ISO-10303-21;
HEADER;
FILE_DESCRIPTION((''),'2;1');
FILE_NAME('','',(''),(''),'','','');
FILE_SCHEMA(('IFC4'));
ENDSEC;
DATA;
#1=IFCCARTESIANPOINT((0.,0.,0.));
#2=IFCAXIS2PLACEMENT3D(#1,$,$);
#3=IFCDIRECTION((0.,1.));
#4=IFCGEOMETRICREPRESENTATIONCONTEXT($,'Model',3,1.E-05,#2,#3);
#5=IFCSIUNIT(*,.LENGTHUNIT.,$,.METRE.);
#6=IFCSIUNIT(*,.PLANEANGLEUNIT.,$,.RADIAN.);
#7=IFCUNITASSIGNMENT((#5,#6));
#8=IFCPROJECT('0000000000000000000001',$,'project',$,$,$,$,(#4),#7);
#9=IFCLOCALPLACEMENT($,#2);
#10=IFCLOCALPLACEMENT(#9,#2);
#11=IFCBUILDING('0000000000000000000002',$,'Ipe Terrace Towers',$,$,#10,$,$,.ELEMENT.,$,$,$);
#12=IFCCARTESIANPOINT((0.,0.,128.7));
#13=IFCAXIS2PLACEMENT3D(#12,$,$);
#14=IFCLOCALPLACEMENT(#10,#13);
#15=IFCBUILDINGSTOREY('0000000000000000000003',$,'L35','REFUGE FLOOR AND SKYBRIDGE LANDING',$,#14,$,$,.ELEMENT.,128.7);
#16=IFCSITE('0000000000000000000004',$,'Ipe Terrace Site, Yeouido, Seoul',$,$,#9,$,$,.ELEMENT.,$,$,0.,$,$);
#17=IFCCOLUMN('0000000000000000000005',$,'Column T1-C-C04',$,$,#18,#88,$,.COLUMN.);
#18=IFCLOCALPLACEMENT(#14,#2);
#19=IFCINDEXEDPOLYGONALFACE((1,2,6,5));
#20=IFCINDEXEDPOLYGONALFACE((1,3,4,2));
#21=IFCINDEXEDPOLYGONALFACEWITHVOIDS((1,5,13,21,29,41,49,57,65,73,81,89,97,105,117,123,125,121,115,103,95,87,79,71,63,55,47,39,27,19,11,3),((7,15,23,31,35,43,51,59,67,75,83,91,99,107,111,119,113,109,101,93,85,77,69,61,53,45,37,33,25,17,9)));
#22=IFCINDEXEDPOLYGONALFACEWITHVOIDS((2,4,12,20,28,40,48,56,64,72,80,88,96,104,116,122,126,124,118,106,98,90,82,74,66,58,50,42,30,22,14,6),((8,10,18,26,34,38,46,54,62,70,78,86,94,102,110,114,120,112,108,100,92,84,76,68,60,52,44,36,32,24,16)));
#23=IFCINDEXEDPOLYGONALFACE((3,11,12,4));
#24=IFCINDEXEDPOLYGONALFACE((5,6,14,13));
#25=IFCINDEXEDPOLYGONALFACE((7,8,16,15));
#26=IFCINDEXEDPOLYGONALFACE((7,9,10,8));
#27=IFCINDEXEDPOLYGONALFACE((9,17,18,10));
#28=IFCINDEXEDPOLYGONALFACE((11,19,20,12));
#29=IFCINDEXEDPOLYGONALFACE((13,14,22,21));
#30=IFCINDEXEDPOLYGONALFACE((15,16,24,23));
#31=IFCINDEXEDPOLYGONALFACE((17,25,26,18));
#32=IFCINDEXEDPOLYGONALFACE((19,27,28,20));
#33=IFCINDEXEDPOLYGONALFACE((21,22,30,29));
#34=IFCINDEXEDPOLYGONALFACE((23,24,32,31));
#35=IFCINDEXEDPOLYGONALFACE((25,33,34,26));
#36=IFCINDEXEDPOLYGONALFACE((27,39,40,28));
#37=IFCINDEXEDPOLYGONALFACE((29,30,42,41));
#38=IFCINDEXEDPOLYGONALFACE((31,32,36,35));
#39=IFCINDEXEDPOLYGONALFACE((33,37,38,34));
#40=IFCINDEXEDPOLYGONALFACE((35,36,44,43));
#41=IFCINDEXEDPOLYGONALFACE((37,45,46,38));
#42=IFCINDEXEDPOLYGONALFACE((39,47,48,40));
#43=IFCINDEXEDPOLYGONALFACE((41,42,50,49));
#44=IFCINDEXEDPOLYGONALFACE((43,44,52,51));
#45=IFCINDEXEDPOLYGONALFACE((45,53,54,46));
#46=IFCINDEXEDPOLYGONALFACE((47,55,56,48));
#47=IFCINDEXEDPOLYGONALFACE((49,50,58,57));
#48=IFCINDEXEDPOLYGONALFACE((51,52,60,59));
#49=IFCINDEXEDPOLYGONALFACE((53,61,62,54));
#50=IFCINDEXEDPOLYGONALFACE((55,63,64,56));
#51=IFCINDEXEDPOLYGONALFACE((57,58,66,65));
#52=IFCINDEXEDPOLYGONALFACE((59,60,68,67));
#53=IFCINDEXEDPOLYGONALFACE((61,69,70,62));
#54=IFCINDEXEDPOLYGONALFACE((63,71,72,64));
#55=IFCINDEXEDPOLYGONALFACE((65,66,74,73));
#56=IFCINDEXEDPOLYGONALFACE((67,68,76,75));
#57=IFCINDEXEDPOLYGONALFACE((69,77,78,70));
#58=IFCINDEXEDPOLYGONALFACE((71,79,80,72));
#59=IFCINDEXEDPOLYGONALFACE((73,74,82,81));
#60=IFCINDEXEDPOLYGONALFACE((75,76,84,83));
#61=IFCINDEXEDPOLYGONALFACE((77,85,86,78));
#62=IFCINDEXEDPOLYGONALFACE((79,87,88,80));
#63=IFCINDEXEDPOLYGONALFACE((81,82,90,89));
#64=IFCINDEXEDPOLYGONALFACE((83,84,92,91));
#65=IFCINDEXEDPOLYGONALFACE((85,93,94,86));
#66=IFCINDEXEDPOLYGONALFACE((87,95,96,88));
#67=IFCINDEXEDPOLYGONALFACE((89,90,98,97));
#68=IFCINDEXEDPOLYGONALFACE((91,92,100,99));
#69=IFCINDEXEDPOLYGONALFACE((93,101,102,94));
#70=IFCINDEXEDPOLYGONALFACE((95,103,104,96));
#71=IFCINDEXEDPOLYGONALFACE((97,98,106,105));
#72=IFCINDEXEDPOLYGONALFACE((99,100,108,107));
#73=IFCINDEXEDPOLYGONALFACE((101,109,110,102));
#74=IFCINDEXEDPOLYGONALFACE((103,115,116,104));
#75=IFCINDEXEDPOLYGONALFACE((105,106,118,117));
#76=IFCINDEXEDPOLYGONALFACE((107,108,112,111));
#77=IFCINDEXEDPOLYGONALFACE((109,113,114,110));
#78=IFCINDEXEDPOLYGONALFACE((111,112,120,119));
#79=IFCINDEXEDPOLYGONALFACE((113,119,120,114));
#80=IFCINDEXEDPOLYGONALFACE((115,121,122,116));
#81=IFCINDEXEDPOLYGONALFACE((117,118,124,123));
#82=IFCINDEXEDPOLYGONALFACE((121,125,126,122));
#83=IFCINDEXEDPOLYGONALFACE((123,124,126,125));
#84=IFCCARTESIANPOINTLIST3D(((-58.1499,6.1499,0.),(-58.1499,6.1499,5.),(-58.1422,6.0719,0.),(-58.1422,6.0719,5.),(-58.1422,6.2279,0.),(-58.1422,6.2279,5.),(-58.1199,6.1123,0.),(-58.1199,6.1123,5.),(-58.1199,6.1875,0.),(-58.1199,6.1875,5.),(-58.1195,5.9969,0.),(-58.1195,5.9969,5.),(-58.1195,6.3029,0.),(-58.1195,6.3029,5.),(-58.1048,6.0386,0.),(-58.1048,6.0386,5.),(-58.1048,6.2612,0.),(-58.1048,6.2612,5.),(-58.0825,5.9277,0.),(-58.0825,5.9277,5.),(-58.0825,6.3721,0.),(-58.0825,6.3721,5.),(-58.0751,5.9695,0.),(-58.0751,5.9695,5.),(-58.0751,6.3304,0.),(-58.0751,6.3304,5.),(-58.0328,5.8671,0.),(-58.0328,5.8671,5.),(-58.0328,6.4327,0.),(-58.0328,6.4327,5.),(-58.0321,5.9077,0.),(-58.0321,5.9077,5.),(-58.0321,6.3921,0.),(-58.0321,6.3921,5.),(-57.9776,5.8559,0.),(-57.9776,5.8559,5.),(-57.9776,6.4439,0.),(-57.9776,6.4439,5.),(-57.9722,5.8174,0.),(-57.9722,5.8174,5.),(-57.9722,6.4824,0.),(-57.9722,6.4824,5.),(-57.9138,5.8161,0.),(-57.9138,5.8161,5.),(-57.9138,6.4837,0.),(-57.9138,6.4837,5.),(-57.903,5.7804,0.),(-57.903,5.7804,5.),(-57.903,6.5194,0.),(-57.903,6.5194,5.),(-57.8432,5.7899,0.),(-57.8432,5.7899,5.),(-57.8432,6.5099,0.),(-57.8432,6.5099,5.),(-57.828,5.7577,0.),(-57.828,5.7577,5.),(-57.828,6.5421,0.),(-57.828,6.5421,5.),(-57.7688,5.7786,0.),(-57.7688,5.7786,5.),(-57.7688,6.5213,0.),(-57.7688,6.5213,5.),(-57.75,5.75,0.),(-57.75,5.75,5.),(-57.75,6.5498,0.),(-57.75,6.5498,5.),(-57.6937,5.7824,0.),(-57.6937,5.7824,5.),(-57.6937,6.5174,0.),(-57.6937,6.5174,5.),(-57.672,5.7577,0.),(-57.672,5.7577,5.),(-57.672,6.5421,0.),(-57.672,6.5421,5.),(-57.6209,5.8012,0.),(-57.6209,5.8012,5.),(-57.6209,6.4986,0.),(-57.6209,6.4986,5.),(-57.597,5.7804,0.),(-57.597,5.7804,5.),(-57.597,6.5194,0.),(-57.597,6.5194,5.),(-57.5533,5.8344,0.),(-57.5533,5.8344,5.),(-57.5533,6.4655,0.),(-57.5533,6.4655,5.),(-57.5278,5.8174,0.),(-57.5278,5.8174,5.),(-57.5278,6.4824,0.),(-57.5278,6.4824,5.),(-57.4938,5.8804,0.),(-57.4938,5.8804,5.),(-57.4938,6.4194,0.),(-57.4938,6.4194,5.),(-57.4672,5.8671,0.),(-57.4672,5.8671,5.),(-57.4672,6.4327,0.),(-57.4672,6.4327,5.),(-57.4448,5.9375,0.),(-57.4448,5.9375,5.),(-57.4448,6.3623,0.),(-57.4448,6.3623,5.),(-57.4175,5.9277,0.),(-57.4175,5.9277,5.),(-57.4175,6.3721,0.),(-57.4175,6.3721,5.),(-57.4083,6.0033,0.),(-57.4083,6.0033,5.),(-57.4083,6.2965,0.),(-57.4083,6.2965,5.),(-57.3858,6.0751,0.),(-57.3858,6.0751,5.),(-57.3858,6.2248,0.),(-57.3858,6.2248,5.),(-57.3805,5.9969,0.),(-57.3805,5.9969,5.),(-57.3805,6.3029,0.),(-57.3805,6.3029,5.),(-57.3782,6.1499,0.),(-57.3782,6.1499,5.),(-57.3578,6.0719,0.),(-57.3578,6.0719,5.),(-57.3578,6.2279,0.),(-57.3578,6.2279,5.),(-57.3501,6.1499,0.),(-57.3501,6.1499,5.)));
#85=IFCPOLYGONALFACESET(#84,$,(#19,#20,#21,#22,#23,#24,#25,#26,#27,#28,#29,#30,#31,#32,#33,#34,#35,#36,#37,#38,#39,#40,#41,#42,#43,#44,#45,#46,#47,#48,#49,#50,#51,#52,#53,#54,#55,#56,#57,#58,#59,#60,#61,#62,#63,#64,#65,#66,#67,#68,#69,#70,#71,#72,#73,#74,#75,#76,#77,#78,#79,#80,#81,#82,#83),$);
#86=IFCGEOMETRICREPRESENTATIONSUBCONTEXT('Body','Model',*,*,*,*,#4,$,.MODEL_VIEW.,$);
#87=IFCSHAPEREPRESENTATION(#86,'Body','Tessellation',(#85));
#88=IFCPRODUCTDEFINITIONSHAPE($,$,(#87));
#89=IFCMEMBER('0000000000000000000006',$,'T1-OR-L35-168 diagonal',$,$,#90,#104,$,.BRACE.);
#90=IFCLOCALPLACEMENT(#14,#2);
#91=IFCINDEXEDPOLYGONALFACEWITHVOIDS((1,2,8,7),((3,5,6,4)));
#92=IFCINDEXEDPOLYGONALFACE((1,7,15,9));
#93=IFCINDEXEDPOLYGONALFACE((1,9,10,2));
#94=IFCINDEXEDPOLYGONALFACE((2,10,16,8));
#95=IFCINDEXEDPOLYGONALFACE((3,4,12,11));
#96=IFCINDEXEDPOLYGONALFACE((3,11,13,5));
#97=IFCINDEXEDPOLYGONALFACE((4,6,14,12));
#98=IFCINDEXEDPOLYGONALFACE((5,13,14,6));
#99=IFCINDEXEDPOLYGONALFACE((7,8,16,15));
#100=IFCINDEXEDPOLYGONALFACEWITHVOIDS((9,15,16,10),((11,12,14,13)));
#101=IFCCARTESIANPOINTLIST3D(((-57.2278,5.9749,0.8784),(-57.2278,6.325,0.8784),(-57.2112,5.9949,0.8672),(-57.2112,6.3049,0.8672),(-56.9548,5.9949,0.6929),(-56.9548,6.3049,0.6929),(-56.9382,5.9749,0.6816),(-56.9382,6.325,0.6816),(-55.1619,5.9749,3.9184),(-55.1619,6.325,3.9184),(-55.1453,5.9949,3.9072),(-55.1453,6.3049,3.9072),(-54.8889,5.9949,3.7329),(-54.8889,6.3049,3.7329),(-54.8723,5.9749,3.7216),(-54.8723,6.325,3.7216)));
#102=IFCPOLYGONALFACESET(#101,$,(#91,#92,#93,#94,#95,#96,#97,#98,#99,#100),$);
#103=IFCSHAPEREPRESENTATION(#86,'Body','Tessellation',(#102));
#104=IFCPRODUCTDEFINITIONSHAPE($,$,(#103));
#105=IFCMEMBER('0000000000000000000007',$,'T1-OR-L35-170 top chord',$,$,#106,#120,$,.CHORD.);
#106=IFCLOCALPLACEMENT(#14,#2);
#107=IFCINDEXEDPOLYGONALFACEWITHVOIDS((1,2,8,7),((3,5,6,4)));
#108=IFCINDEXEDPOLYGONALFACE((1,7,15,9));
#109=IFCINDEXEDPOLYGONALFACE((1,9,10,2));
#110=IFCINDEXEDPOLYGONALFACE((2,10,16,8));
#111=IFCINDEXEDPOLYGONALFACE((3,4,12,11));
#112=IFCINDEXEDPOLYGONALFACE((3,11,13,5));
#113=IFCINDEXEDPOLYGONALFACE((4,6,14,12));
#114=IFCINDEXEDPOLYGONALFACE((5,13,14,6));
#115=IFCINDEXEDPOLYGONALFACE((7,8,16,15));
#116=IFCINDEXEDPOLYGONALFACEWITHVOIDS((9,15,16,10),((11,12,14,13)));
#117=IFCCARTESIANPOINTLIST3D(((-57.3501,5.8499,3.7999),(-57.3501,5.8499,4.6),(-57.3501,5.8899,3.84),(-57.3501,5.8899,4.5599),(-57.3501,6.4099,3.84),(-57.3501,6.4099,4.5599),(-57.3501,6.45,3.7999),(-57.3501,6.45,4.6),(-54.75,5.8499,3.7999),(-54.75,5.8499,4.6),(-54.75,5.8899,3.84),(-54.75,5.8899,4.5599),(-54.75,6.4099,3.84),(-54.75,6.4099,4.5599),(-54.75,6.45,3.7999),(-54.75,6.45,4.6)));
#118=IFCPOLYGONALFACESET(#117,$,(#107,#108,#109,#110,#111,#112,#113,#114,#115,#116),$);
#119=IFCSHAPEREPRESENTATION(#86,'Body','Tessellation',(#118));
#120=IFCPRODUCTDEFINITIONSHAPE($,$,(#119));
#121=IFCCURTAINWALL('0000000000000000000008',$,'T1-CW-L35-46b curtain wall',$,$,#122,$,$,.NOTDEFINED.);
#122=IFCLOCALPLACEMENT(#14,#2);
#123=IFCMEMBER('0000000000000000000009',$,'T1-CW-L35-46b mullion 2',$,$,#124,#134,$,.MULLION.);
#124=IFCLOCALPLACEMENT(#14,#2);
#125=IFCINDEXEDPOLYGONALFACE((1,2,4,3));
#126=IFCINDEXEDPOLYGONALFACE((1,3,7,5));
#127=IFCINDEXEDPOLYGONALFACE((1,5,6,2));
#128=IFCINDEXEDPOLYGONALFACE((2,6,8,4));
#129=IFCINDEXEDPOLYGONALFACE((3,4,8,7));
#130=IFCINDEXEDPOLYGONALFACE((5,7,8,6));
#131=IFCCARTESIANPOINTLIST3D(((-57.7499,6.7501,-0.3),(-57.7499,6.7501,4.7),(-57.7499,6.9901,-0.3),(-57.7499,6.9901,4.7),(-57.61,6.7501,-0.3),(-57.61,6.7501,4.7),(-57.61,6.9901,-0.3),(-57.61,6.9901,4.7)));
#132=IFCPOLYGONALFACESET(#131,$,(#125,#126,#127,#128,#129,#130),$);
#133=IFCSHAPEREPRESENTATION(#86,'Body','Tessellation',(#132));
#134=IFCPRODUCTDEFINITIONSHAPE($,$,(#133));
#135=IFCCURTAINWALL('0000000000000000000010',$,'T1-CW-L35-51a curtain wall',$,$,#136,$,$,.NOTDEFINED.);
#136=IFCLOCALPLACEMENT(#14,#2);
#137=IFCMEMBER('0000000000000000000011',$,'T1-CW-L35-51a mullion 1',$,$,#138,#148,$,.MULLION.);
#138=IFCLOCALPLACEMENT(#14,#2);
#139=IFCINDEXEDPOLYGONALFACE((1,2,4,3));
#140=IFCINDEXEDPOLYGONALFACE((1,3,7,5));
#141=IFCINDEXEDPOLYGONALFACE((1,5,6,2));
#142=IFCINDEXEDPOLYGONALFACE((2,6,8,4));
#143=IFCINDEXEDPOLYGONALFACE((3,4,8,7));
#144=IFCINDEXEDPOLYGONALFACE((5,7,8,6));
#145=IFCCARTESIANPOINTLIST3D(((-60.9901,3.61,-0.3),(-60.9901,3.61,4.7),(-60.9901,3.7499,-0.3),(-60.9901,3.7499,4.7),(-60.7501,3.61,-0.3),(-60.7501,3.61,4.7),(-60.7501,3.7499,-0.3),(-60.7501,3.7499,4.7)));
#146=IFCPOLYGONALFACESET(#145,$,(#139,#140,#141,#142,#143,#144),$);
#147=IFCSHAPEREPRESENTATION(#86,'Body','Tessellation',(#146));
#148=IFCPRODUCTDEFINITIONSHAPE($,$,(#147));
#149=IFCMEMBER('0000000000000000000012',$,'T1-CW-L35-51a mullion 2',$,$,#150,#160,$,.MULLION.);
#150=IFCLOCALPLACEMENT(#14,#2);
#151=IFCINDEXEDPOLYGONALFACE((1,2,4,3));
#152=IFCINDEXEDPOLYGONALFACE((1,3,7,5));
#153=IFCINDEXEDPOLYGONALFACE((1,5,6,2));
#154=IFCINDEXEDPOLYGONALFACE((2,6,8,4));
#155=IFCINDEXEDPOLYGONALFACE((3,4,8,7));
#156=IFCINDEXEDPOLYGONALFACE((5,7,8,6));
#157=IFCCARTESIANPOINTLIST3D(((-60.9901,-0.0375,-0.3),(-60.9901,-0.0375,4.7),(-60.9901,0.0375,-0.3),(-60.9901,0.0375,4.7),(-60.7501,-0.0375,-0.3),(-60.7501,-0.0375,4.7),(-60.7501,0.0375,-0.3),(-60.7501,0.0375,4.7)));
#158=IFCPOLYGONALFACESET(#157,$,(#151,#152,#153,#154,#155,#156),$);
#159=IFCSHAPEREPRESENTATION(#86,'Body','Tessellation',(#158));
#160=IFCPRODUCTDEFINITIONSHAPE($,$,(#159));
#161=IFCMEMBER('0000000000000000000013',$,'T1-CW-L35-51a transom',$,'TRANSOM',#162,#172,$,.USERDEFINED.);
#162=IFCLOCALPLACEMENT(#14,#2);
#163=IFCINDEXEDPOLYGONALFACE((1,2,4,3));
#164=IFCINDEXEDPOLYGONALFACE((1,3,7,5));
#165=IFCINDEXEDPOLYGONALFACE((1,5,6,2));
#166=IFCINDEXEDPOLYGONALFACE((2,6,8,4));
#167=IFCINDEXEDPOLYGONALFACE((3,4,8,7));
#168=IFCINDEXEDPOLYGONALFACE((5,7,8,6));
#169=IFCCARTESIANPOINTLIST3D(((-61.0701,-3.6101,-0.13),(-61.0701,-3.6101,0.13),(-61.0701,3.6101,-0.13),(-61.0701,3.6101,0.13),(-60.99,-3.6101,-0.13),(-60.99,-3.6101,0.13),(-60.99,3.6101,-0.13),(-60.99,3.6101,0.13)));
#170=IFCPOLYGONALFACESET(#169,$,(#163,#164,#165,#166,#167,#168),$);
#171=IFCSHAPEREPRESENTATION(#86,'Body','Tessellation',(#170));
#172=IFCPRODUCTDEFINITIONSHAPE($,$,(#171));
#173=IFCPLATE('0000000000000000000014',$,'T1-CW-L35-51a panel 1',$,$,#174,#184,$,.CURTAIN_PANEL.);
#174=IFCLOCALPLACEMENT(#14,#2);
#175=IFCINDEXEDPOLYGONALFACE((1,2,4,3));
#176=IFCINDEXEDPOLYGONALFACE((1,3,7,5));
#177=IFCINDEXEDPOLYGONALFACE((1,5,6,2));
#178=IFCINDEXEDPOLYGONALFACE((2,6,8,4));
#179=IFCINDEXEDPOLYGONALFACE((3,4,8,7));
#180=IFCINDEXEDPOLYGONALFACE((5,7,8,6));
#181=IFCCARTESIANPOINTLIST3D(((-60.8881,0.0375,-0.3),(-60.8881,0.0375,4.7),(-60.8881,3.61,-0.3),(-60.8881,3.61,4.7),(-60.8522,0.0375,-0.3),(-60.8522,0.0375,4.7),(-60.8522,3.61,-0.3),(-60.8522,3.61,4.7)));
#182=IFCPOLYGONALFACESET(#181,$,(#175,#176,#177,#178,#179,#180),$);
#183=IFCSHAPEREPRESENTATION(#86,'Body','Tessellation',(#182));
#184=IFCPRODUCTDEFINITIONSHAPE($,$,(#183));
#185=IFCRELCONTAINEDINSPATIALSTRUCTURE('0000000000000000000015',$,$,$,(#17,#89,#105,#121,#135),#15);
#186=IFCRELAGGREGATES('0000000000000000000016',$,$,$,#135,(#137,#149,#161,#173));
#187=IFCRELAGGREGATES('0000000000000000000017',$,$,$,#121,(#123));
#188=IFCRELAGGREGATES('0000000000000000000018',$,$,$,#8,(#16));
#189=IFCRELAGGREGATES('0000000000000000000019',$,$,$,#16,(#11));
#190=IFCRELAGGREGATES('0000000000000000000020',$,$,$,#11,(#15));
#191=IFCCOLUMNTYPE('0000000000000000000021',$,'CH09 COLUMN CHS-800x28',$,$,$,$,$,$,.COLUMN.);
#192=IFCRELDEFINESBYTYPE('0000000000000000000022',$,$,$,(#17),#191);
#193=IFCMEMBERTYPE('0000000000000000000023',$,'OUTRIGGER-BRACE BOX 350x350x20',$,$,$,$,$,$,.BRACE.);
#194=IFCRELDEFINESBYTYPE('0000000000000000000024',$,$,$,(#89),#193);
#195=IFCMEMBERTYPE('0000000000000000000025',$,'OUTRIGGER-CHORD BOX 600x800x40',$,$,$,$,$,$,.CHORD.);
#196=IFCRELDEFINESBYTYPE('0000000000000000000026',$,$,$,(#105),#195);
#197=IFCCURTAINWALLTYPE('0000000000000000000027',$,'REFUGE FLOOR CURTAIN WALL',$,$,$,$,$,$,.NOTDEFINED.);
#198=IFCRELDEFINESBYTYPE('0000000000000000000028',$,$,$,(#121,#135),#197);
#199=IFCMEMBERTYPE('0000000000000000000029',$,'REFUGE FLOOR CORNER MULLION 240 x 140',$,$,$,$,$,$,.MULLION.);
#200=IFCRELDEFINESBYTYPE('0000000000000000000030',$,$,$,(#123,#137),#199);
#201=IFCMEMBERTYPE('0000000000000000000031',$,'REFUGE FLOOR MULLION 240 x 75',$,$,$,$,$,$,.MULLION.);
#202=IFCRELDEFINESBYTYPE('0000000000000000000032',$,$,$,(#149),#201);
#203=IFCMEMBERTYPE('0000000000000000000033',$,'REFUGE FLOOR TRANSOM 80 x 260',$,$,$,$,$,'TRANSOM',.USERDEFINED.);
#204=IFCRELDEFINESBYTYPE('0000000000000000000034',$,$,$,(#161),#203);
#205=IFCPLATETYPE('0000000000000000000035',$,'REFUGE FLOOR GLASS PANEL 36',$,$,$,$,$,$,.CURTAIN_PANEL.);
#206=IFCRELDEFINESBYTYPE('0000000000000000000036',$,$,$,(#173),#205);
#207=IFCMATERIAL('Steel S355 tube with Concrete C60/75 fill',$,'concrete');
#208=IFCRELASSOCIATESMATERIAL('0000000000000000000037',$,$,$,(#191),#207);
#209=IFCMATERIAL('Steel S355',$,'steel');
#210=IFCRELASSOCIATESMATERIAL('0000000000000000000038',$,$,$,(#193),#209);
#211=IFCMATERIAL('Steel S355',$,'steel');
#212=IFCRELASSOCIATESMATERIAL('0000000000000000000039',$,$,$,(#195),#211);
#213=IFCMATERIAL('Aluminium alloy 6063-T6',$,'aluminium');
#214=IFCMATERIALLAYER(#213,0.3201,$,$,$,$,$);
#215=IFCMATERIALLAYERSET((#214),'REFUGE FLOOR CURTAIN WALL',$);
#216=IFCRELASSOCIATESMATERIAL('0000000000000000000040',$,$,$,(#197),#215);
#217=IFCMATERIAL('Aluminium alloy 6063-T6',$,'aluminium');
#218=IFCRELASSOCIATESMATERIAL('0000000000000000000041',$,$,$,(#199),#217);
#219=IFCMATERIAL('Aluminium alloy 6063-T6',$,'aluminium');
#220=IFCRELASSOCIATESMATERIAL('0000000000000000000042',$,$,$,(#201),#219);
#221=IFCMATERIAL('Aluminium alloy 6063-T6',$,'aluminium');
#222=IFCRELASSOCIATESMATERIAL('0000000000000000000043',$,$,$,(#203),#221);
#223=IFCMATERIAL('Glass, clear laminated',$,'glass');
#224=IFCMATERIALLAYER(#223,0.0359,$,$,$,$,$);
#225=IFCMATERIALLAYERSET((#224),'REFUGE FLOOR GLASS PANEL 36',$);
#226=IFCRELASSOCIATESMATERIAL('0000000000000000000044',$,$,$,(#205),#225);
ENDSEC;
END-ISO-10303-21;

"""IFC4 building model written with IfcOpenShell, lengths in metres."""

from ifc_helpers import new_model, si_unit, direction, frame, origin, origin_2d, place, context, subcontext, project, spatial, rectangle, hollow_rectangle, hollow_circle, extrude, material, layer, layer_set, material_profile, profile_set, type_object, element, aggregate, save


model = new_model("IFC4")

# Units and contexts
model_context = context("Model", 3, precision=1e-05, world=origin(), true_north=direction((0.0, 1.0)))
body_context = subcontext(model_context, "Body", "Model", "MODEL_VIEW")
ifc_project = project(units=[si_unit("LENGTHUNIT", "METRE"), si_unit("PLANEANGLEUNIT", "RADIAN")], contexts=[model_context])

# Site, building, storey
site_placement = place(None, origin())
site = spatial("IfcSite", under=ifc_project, at=site_placement, Name="Ipe Terrace Site, Yeouido, Seoul", CompositionType="ELEMENT", RefElevation=0.0)
building_placement = place(site_placement, origin())
building = spatial("IfcBuilding", under=site, at=building_placement, Name="Ipe Terrace Towers", CompositionType="ELEMENT")
storey_placement = place(building_placement, frame((0.0, 0.0, 128.7)))
storey = spatial("IfcBuildingStorey", under=building, at=storey_placement, Name="L35", Description="REFUGE FLOOR AND SKYBRIDGE LANDING", CompositionType="ELEMENT", Elevation=128.7)

# Column
ifc_material_1 = material(Name="Steel S355 tube with Concrete C60/75 fill", Category="concrete")
ifc_material_profile_1 = material_profile(ifc_material_1, hollow_circle(Radius=0.3999, WallThickness=0.0281, at=origin_2d()), Name="CHS-800x28")
ifc_profile_set_1 = profile_set([ifc_material_profile_1], Name="Steel S355 tube with Concrete C60/75 fill")
column_type = type_object("IfcColumnType", Name="CH09 COLUMN CHS-800x28", PredefinedType="COLUMN", material=ifc_profile_set_1)
column_placement = place(storey_placement, frame((-57.75, 6.1499, 0.0), z_axis=(0.0, 0.0, 1.0), x_axis=(1.0, 0.0, 0.0)))
element("IfcColumn", 1, at=column_placement, inside=storey, type_object=column_type, Name="Column T1-C-C04", PredefinedType="COLUMN", context=body_context, shape_type="SweptSolid", body=[
    extrude(hollow_circle(Radius=0.3999, WallThickness=0.0281, at=origin_2d()), origin(), (0.0, 0.0, 1.0), 5.0),
])

# Members
ifc_material_2 = material(Name="Steel S355", Category="steel")
ifc_material_profile_2 = material_profile(ifc_material_2, hollow_rectangle(XDim=0.3501, YDim=0.3501, WallThickness=0.02, at=origin_2d()), Name="OUTRIGGER-BRACE BOX 350x350x20")
ifc_profile_set_2 = profile_set([ifc_material_profile_2], Name="Steel S355")
member_type_1 = type_object("IfcMemberType", Name="OUTRIGGER-BRACE BOX 350x350x20", PredefinedType="BRACE", material=ifc_profile_set_2)
member_1_placement = place(storey_placement, frame((-57.083, 6.1499, 0.78), z_axis=(0.562067, 0.0, 0.827092), x_axis=(0.0, 1.0, 0.0)))
element("IfcMember", 2, at=member_1_placement, inside=storey, type_object=member_type_1, Name="T1-OR-L35-168 diagonal", PredefinedType="BRACE", context=body_context, shape_type="SweptSolid", body=[
    extrude(hollow_rectangle(XDim=0.3501, YDim=0.3501, WallThickness=0.02, at=origin_2d()), origin(), (0.0, 0.0, 1.0), 3.6755),
])
ifc_material_3 = material(Name="Steel S355", Category="steel")
ifc_material_profile_3 = material_profile(ifc_material_3, hollow_rectangle(XDim=0.6001, YDim=0.8, WallThickness=0.04, at=origin_2d()), Name="OUTRIGGER-CHORD BOX 600x800x40")
ifc_profile_set_3 = profile_set([ifc_material_profile_3], Name="Steel S355")
member_type_2 = type_object("IfcMemberType", Name="OUTRIGGER-CHORD BOX 600x800x40", PredefinedType="CHORD", material=ifc_profile_set_3)
member_2_placement = place(storey_placement, frame((-54.75, 6.1499, 4.2), z_axis=(-1.0, 0.0, 0.0), x_axis=(0.0, -1.0, 0.0)))
element("IfcMember", 3, at=member_2_placement, inside=storey, type_object=member_type_2, Name="T1-OR-L35-170 top chord", PredefinedType="CHORD", context=body_context, shape_type="SweptSolid", body=[
    extrude(hollow_rectangle(XDim=0.6001, YDim=0.8, WallThickness=0.04, at=origin_2d()), origin(), (0.0, 0.0, 1.0), 2.6001),
])

# Curtain wall, member
ifc_material_4 = material(Name="Aluminium alloy 6063-T6", Category="aluminium")
ifc_layer_1 = layer(ifc_material_4, 0.3201)
ifc_layer_set_1 = layer_set([ifc_layer_1], Name="REFUGE FLOOR CURTAIN WALL")
curtain_wall_type = type_object("IfcCurtainWallType", Name="REFUGE FLOOR CURTAIN WALL", PredefinedType="NOTDEFINED", material=ifc_layer_set_1)
curtain_wall_1_placement = place(storey_placement, origin())
curtain_wall_1 = element("IfcCurtainWall", 4, at=curtain_wall_1_placement, inside=storey, type_object=curtain_wall_type, Name="T1-CW-L35-46b curtain wall", PredefinedType="NOTDEFINED")
ifc_material_5 = material(Name="Aluminium alloy 6063-T6", Category="aluminium")
ifc_material_profile_4 = material_profile(ifc_material_5, rectangle(XDim=0.24, YDim=0.1399, at=origin_2d()), Name="REFUGE FLOOR CORNER MULLION 240 x 140")
ifc_profile_set_4 = profile_set([ifc_material_profile_4], Name="Aluminium alloy 6063-T6")
member_type_3 = type_object("IfcMemberType", Name="REFUGE FLOOR CORNER MULLION 240 x 140", PredefinedType="MULLION", material=ifc_profile_set_4)
member_3_placement = place(storey_placement, frame((-57.6799, 6.8701, -0.3), z_axis=(0.0, 0.0, 1.0), x_axis=(0.0, 1.0, 0.0)))
member_3 = element("IfcMember", 5, at=member_3_placement, type_object=member_type_3, Name="T1-CW-L35-46b mullion 2", PredefinedType="MULLION", context=body_context, shape_type="SweptSolid", body=[
    extrude(rectangle(XDim=0.24, YDim=0.1399, at=origin_2d()), origin(), (0.0, 0.0, 1.0), 5.0),
])

# Curtain wall, members, plate
curtain_wall_2_placement = place(storey_placement, origin())
curtain_wall_2 = element("IfcCurtainWall", 6, at=curtain_wall_2_placement, inside=storey, type_object=curtain_wall_type, Name="T1-CW-L35-51a curtain wall", PredefinedType="NOTDEFINED")
member_4_placement = place(storey_placement, frame((-60.8701, 3.6799, -0.3), z_axis=(0.0, 0.0, 1.0), x_axis=(-1.0, 0.0, 0.0)))
member_4 = element("IfcMember", 7, at=member_4_placement, type_object=member_type_3, Name="T1-CW-L35-51a mullion 1", PredefinedType="MULLION", context=body_context, shape_type="SweptSolid", body=[
    extrude(rectangle(XDim=0.24, YDim=0.1399, at=origin_2d()), origin(), (0.0, 0.0, 1.0), 5.0),
])
ifc_material_6 = material(Name="Aluminium alloy 6063-T6", Category="aluminium")
ifc_material_profile_5 = material_profile(ifc_material_6, rectangle(XDim=0.24, YDim=0.075, at=origin_2d()), Name="REFUGE FLOOR MULLION 240 x 75")
ifc_profile_set_5 = profile_set([ifc_material_profile_5], Name="Aluminium alloy 6063-T6")
member_type_4 = type_object("IfcMemberType", Name="REFUGE FLOOR MULLION 240 x 75", PredefinedType="MULLION", material=ifc_profile_set_5)
member_5_placement = place(storey_placement, frame((-60.8701, 0.0, -0.3), z_axis=(0.0, 0.0, 1.0), x_axis=(-1.0, 0.0, 0.0)))
member_5 = element("IfcMember", 8, at=member_5_placement, type_object=member_type_4, Name="T1-CW-L35-51a mullion 2", PredefinedType="MULLION", context=body_context, shape_type="SweptSolid", body=[
    extrude(rectangle(XDim=0.24, YDim=0.075, at=origin_2d()), origin(), (0.0, 0.0, 1.0), 5.0),
])
ifc_material_7 = material(Name="Aluminium alloy 6063-T6", Category="aluminium")
ifc_material_profile_6 = material_profile(ifc_material_7, rectangle(XDim=0.0801, YDim=0.26, at=origin_2d()), Name="REFUGE FLOOR TRANSOM 80 x 260")
ifc_profile_set_6 = profile_set([ifc_material_profile_6], Name="Aluminium alloy 6063-T6")
member_type_5 = type_object("IfcMemberType", Name="REFUGE FLOOR TRANSOM 80 x 260", ElementType="TRANSOM", PredefinedType="USERDEFINED", material=ifc_profile_set_6)
member_6_placement = place(storey_placement, frame((-61.03, 3.6101, 0.0), z_axis=(0.0, -1.0, 0.0), x_axis=(-1.0, 0.0, 0.0)))
member_6 = element("IfcMember", 9, at=member_6_placement, type_object=member_type_5, Name="T1-CW-L35-51a transom", ObjectType="TRANSOM", PredefinedType="USERDEFINED", context=body_context, shape_type="SweptSolid", body=[
    extrude(rectangle(XDim=0.0801, YDim=0.26, at=origin_2d()), origin(), (0.0, 0.0, 1.0), 7.2202),
])
ifc_material_8 = material(Name="Glass, clear laminated", Category="glass")
ifc_layer_2 = layer(ifc_material_8, 0.0359)
ifc_layer_set_2 = layer_set([ifc_layer_2], Name="REFUGE FLOOR GLASS PANEL 36")
plate_type_1 = type_object("IfcPlateType", Name="REFUGE FLOOR GLASS PANEL 36", PredefinedType="CURTAIN_PANEL", material=ifc_layer_set_2)
plate_1_placement = place(storey_placement, frame((-60.8701, 1.8237, -0.3), z_axis=(0.0, 0.0, 1.0), x_axis=(0.0, -1.0, 0.0)))
plate_1 = element("IfcPlate", 10, at=plate_1_placement, type_object=plate_type_1, Name="T1-CW-L35-51a panel 1", PredefinedType="CURTAIN_PANEL", context=body_context, shape_type="SweptSolid", body=[
    extrude(rectangle(XDim=3.5725, YDim=0.0359, at=origin_2d()), origin(), (0.0, 0.0, 1.0), 5.0),
])
aggregate(curtain_wall_2, [member_4, member_5, member_6, plate_1])

aggregate(curtain_wall_1, [member_3])

save(model, "model.ifc")
